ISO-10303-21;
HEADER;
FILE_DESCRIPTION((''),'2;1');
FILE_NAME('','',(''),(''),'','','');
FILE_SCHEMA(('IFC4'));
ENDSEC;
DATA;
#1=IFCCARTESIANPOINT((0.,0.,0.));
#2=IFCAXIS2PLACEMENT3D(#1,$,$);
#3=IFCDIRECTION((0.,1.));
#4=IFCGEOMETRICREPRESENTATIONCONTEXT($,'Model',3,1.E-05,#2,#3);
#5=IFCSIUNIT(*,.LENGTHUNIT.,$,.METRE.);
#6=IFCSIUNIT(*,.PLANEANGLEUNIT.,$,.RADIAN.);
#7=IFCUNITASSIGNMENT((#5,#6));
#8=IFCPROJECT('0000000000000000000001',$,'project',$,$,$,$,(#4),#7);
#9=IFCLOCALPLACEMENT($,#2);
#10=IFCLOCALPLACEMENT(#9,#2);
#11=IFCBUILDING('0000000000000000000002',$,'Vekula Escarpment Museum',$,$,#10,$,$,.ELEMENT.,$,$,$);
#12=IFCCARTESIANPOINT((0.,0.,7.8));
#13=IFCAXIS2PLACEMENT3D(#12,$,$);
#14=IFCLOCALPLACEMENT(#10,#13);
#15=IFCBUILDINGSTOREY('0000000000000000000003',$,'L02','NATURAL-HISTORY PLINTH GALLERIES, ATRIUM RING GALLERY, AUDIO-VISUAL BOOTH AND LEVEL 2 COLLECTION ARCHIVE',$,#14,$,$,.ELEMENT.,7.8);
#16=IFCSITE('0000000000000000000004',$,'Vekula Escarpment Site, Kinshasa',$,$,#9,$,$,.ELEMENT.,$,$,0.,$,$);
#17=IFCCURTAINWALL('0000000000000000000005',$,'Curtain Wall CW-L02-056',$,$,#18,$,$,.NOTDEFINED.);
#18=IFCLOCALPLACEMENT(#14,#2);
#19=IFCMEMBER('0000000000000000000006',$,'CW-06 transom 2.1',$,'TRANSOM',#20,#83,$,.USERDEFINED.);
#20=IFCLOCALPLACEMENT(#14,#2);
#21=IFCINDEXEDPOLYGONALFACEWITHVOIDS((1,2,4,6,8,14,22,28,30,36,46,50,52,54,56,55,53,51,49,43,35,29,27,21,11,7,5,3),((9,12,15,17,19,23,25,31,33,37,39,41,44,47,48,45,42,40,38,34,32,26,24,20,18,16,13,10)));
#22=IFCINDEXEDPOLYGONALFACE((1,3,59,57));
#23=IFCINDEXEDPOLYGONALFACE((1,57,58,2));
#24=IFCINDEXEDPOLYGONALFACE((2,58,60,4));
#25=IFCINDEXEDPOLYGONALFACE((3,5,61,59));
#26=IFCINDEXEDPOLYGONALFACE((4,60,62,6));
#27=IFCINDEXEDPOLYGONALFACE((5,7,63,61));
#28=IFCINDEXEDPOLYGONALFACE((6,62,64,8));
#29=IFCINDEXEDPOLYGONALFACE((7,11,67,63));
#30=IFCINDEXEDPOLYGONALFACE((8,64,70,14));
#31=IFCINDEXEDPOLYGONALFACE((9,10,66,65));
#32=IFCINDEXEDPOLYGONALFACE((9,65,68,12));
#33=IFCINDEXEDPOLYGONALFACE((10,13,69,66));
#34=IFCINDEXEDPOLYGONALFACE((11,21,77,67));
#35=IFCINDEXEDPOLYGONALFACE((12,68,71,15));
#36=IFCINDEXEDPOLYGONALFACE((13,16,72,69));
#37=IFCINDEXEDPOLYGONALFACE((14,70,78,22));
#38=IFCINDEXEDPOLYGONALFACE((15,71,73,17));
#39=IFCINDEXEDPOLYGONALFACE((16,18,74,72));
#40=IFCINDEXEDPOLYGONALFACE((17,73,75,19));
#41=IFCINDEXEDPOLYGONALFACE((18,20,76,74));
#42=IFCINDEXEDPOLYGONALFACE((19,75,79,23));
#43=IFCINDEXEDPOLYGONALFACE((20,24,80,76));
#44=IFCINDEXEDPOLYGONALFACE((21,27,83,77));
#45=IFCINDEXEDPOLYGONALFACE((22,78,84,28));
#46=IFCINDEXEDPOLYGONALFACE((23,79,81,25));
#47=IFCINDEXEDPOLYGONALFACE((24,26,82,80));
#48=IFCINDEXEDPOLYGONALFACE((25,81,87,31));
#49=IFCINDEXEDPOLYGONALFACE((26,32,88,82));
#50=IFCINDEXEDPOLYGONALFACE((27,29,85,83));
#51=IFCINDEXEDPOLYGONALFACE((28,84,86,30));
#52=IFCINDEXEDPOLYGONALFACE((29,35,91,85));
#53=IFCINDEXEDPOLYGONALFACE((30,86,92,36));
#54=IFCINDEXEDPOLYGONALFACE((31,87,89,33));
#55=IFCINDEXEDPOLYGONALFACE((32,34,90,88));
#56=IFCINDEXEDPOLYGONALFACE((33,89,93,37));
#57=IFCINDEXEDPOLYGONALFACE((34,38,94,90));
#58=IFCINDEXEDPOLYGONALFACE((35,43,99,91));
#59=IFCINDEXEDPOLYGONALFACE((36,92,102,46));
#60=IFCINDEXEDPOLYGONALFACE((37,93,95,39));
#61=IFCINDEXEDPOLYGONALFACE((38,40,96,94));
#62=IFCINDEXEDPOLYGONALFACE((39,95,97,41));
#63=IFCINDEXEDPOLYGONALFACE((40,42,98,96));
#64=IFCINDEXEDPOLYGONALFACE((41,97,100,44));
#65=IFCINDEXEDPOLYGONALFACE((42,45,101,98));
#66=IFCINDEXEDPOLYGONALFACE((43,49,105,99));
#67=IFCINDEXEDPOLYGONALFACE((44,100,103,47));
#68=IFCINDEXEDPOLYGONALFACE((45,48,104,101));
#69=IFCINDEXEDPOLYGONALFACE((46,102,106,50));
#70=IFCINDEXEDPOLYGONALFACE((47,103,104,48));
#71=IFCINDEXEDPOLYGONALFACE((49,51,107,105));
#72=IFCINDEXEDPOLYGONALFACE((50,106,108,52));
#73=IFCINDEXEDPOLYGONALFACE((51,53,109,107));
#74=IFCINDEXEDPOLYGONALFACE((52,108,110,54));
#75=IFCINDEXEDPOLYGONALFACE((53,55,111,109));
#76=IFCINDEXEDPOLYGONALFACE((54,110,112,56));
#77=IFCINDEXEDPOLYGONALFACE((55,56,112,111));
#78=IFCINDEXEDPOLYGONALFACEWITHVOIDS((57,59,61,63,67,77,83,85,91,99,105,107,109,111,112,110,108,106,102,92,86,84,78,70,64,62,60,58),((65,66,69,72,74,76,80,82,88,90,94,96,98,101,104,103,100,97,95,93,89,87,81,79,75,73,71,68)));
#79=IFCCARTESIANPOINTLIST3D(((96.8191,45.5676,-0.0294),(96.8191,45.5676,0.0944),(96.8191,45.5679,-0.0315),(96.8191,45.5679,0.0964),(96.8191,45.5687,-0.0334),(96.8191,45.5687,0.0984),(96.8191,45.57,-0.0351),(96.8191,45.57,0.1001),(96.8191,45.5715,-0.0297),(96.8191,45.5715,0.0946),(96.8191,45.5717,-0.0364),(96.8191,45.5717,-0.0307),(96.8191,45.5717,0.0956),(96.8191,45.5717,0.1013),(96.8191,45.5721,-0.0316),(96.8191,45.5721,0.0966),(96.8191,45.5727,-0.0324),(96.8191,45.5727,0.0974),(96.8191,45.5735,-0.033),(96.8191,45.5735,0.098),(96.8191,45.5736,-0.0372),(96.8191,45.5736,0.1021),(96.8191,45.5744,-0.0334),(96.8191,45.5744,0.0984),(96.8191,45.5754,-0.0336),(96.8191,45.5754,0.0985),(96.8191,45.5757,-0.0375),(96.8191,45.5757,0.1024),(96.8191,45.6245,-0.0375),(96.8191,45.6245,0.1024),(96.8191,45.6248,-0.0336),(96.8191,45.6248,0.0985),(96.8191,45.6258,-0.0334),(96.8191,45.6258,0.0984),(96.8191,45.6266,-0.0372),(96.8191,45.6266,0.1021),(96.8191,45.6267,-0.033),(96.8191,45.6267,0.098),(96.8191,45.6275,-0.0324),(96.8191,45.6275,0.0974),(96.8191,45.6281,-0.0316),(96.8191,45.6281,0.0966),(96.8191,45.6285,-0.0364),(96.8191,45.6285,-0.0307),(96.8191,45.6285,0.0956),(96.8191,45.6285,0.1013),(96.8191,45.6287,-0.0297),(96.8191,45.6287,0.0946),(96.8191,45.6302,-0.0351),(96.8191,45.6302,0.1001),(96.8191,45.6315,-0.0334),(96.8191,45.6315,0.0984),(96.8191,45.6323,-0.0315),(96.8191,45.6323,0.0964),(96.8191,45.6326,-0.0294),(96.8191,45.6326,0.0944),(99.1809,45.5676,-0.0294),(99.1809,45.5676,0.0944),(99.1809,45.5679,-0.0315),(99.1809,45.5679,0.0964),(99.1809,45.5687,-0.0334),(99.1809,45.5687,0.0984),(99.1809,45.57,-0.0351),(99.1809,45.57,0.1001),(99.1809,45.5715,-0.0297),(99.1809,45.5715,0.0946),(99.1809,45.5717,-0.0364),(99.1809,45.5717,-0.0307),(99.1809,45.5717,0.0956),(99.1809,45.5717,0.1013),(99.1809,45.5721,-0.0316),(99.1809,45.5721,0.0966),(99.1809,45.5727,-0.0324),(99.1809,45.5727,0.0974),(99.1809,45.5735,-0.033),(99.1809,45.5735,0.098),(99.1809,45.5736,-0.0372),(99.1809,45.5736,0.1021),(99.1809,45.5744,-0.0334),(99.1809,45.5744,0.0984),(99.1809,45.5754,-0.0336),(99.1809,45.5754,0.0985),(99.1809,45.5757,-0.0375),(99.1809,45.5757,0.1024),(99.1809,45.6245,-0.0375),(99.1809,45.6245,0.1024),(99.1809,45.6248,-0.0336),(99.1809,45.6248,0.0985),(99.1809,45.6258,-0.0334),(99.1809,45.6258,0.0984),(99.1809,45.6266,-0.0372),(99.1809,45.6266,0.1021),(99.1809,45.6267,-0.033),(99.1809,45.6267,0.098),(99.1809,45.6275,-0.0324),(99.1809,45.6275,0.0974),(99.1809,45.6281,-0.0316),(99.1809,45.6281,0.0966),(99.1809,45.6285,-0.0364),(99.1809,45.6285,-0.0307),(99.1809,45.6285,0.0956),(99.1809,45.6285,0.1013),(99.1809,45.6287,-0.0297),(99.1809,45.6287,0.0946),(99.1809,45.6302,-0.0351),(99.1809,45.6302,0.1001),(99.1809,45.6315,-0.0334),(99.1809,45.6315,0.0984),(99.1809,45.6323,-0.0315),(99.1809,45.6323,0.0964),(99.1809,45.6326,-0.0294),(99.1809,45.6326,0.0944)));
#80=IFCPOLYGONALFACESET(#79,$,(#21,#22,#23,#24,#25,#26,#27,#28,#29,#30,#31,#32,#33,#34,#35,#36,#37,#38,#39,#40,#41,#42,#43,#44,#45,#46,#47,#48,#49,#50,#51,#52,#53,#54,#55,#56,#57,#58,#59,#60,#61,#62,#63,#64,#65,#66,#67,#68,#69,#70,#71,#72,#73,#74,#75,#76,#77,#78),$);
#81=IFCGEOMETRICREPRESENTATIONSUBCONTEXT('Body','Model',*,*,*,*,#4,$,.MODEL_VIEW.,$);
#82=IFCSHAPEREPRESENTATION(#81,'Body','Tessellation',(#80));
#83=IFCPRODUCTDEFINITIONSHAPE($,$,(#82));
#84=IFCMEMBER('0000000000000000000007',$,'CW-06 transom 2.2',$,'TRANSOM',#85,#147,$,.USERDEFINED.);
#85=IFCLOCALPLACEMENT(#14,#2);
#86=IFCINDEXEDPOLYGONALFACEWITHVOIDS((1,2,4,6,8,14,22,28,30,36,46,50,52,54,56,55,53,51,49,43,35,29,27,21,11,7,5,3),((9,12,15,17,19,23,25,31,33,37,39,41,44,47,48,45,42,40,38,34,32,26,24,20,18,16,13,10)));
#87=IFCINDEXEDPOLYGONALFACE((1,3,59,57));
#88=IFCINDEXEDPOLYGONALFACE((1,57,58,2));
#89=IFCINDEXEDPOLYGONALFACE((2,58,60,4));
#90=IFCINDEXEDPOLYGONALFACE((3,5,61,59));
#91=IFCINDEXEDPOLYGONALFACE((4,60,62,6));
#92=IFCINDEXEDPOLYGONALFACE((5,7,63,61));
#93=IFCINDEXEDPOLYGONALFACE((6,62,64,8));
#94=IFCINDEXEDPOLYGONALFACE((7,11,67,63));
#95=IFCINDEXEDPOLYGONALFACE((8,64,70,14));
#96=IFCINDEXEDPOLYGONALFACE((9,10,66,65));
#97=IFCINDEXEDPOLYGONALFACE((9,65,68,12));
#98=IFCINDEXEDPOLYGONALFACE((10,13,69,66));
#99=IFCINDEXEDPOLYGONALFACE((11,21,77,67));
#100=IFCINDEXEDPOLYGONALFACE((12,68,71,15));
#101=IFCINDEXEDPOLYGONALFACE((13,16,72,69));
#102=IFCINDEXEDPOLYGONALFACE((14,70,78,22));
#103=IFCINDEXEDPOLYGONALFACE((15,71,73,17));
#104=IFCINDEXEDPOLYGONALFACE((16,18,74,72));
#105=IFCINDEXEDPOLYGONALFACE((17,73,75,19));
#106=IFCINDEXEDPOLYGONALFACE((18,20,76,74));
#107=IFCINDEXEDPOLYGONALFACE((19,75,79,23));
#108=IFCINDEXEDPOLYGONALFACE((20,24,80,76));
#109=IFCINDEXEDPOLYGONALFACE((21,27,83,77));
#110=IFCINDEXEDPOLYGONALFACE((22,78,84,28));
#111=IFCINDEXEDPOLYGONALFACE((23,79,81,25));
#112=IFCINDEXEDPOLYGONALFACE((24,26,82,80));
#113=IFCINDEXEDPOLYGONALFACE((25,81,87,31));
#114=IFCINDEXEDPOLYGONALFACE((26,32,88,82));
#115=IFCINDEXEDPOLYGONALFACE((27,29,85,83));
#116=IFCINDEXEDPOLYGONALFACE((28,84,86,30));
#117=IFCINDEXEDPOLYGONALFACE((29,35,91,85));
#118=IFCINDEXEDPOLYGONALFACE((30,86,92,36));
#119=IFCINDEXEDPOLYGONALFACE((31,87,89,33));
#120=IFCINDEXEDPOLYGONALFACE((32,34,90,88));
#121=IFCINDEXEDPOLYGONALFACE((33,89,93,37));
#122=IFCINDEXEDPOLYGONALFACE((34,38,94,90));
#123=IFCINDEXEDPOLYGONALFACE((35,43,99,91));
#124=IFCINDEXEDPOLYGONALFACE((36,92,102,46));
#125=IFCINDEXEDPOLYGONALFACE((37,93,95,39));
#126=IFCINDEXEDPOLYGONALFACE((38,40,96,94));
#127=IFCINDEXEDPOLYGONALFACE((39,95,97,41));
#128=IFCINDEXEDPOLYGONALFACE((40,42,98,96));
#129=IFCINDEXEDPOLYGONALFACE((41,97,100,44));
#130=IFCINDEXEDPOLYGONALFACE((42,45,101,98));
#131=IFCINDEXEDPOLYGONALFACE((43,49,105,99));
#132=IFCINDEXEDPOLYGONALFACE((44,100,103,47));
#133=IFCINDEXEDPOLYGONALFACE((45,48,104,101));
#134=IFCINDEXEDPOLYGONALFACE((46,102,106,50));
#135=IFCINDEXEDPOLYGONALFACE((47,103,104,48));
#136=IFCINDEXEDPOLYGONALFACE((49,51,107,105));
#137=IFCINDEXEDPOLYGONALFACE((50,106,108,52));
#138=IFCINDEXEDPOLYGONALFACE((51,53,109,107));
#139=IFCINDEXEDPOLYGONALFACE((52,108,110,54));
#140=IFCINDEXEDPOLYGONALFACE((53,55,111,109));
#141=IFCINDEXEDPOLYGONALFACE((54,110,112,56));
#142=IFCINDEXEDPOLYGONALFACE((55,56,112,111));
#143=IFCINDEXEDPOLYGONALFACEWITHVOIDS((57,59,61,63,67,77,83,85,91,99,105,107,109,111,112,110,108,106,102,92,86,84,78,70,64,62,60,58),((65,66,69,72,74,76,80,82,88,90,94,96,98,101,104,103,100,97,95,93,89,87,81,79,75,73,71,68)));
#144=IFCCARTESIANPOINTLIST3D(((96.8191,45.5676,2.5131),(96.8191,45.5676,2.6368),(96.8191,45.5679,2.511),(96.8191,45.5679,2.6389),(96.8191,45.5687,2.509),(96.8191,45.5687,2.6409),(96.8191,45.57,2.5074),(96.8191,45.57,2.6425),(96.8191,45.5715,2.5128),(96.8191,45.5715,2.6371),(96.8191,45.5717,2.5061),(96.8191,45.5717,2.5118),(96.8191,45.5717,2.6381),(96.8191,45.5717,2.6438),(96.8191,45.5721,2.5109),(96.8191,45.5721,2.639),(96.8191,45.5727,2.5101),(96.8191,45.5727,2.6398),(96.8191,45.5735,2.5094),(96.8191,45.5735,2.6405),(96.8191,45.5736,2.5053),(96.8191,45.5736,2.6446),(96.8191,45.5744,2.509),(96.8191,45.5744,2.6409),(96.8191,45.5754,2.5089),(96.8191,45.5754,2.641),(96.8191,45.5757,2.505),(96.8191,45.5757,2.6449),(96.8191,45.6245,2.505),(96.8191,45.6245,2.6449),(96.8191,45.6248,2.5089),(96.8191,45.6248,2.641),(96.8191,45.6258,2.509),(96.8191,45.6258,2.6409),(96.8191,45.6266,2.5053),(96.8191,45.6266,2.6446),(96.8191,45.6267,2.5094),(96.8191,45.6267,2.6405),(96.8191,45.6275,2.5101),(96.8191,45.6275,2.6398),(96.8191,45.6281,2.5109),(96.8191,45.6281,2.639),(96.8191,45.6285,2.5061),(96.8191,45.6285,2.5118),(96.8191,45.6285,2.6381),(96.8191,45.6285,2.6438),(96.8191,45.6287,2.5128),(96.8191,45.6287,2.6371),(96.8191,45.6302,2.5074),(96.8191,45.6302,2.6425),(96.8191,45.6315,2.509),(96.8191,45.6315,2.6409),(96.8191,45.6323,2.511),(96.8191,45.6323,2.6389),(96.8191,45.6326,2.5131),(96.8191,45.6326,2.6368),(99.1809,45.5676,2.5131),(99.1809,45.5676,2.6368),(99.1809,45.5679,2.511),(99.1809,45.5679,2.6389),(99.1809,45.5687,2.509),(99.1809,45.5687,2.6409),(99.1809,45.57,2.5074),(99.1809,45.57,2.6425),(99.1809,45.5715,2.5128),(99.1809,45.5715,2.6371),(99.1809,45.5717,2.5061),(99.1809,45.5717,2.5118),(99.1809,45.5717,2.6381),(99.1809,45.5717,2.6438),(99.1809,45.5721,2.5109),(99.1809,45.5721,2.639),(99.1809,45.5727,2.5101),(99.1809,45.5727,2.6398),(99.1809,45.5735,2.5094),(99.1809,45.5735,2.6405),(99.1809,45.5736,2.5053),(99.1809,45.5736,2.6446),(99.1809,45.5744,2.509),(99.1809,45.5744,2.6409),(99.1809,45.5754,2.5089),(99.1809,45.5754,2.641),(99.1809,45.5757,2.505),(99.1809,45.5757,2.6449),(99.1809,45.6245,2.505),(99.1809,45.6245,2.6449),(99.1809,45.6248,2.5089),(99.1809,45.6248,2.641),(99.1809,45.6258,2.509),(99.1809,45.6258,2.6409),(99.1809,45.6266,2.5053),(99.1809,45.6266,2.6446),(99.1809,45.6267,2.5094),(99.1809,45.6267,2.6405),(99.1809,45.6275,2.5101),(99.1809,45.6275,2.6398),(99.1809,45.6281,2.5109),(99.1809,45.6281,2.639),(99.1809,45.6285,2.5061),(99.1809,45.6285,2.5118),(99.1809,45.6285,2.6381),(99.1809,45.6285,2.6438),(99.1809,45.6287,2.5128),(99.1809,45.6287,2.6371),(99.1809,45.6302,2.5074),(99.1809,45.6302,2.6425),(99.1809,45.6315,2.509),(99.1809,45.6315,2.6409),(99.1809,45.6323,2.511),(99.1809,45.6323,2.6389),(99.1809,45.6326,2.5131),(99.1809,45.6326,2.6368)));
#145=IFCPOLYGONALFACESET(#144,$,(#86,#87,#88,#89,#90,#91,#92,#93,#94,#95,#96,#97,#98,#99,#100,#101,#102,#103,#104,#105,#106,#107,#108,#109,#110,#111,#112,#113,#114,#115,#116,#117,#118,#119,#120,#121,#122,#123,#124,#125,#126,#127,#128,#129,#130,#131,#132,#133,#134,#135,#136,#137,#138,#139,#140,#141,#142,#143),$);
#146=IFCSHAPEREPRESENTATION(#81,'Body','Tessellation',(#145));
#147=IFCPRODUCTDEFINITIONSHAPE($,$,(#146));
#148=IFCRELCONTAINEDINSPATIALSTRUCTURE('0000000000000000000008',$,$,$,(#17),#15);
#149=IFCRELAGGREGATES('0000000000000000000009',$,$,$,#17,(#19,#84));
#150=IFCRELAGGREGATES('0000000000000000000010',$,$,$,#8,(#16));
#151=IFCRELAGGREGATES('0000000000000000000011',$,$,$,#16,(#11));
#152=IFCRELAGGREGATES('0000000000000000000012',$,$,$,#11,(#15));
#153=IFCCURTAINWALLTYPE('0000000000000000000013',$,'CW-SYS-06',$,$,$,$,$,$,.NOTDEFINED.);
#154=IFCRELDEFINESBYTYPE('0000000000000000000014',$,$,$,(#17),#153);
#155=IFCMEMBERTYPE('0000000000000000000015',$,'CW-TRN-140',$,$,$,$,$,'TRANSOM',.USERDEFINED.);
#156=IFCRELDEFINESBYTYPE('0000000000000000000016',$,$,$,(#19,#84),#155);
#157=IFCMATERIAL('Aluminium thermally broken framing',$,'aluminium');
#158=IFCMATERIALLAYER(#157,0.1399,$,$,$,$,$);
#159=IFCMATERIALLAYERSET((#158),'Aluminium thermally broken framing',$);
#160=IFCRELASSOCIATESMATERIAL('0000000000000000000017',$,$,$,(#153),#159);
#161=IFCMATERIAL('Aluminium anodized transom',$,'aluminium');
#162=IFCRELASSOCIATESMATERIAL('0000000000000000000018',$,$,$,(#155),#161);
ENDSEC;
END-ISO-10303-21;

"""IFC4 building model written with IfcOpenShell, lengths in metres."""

from ifc_helpers import new_model, si_unit, direction, frame, origin, origin_2d, place, context, subcontext, project, spatial, hollow_rectangle, extrude, material, layer, layer_set, material_profile, profile_set, type_object, element, aggregate, save


model = new_model("IFC4")

# Units and contexts
model_context = context("Model", 3, precision=1e-05, world=origin(), true_north=direction((0.0, 1.0)))
body_context = subcontext(model_context, "Body", "Model", "MODEL_VIEW")
ifc_project = project(units=[si_unit("LENGTHUNIT", "METRE"), si_unit("PLANEANGLEUNIT", "RADIAN")], contexts=[model_context])

# Site, building, storey
site_placement = place(None, origin())
site = spatial("IfcSite", under=ifc_project, at=site_placement, Name="Vekula Escarpment Site, Kinshasa", CompositionType="ELEMENT", RefElevation=0.0)
building_placement = place(site_placement, origin())
building = spatial("IfcBuilding", under=site, at=building_placement, Name="Vekula Escarpment Museum", CompositionType="ELEMENT")
storey_placement = place(building_placement, frame((0.0, 0.0, 7.8)))
storey = spatial("IfcBuildingStorey", under=building, at=storey_placement, Name="L02", Description="NATURAL-HISTORY PLINTH GALLERIES, ATRIUM RING GALLERY, AUDIO-VISUAL BOOTH AND LEVEL 2 COLLECTION ARCHIVE", CompositionType="ELEMENT", Elevation=7.8)

# Curtain wall
ifc_material_1 = material(Name="Aluminium thermally broken framing", Category="aluminium")
ifc_layer_1 = layer(ifc_material_1, 0.1399)
ifc_layer_set_1 = layer_set([ifc_layer_1], Name="Aluminium thermally broken framing")
curtain_wall_type_1 = type_object("IfcCurtainWallType", Name="CW-SYS-06", PredefinedType="NOTDEFINED", material=ifc_layer_set_1)
curtain_wall_1_placement = place(storey_placement, origin())
curtain_wall_1 = element("IfcCurtainWall", 1, at=curtain_wall_1_placement, inside=storey, type_object=curtain_wall_type_1, Name="Curtain Wall CW-L02-056", PredefinedType="NOTDEFINED")

# Members
ifc_material_2 = material(Name="Aluminium anodized transom", Category="aluminium")
ifc_material_profile_1 = material_profile(ifc_material_2, hollow_rectangle(XDim=0.0649, YDim=0.1399, WallThickness=0.0039, InnerFilletRadius=0.0039, OuterFilletRadius=0.0081, at=origin_2d()), Name="ALU 140x65x4")
ifc_profile_set_1 = profile_set([ifc_material_profile_1], Name="Aluminium anodized transom")
member_type_1 = type_object("IfcMemberType", Name="CW-TRN-140", ElementType="TRANSOM", PredefinedType="USERDEFINED", material=ifc_profile_set_1)
member_1_placement = place(storey_placement, frame((96.8191, 45.6001, 0.0325), z_axis=(1.0, 0.0, 0.0), x_axis=(0.0, 1.0, 0.0)))
member_1 = element("IfcMember", 2, at=member_1_placement, type_object=member_type_1, Name="CW-06 transom 2.1", ObjectType="TRANSOM", PredefinedType="USERDEFINED", context=body_context, shape_type="SweptSolid", body=[
    extrude(hollow_rectangle(XDim=0.0649, YDim=0.1399, WallThickness=0.0039, InnerFilletRadius=0.0039, OuterFilletRadius=0.0081, at=origin_2d()), origin(), (0.0, 0.0, 1.0), 2.3618),
])
member_2_placement = place(storey_placement, frame((96.8191, 45.6001, 2.575), z_axis=(1.0, 0.0, 0.0), x_axis=(0.0, 1.0, 0.0)))
member_2 = element("IfcMember", 3, at=member_2_placement, type_object=member_type_1, Name="CW-06 transom 2.2", ObjectType="TRANSOM", PredefinedType="USERDEFINED", context=body_context, shape_type="SweptSolid", body=[
    extrude(hollow_rectangle(XDim=0.0649, YDim=0.1399, WallThickness=0.0039, InnerFilletRadius=0.0039, OuterFilletRadius=0.0081, at=origin_2d()), origin(), (0.0, 0.0, 1.0), 2.3618),
])

aggregate(curtain_wall_1, [member_1, member_2])

save(model, "model.ifc")
